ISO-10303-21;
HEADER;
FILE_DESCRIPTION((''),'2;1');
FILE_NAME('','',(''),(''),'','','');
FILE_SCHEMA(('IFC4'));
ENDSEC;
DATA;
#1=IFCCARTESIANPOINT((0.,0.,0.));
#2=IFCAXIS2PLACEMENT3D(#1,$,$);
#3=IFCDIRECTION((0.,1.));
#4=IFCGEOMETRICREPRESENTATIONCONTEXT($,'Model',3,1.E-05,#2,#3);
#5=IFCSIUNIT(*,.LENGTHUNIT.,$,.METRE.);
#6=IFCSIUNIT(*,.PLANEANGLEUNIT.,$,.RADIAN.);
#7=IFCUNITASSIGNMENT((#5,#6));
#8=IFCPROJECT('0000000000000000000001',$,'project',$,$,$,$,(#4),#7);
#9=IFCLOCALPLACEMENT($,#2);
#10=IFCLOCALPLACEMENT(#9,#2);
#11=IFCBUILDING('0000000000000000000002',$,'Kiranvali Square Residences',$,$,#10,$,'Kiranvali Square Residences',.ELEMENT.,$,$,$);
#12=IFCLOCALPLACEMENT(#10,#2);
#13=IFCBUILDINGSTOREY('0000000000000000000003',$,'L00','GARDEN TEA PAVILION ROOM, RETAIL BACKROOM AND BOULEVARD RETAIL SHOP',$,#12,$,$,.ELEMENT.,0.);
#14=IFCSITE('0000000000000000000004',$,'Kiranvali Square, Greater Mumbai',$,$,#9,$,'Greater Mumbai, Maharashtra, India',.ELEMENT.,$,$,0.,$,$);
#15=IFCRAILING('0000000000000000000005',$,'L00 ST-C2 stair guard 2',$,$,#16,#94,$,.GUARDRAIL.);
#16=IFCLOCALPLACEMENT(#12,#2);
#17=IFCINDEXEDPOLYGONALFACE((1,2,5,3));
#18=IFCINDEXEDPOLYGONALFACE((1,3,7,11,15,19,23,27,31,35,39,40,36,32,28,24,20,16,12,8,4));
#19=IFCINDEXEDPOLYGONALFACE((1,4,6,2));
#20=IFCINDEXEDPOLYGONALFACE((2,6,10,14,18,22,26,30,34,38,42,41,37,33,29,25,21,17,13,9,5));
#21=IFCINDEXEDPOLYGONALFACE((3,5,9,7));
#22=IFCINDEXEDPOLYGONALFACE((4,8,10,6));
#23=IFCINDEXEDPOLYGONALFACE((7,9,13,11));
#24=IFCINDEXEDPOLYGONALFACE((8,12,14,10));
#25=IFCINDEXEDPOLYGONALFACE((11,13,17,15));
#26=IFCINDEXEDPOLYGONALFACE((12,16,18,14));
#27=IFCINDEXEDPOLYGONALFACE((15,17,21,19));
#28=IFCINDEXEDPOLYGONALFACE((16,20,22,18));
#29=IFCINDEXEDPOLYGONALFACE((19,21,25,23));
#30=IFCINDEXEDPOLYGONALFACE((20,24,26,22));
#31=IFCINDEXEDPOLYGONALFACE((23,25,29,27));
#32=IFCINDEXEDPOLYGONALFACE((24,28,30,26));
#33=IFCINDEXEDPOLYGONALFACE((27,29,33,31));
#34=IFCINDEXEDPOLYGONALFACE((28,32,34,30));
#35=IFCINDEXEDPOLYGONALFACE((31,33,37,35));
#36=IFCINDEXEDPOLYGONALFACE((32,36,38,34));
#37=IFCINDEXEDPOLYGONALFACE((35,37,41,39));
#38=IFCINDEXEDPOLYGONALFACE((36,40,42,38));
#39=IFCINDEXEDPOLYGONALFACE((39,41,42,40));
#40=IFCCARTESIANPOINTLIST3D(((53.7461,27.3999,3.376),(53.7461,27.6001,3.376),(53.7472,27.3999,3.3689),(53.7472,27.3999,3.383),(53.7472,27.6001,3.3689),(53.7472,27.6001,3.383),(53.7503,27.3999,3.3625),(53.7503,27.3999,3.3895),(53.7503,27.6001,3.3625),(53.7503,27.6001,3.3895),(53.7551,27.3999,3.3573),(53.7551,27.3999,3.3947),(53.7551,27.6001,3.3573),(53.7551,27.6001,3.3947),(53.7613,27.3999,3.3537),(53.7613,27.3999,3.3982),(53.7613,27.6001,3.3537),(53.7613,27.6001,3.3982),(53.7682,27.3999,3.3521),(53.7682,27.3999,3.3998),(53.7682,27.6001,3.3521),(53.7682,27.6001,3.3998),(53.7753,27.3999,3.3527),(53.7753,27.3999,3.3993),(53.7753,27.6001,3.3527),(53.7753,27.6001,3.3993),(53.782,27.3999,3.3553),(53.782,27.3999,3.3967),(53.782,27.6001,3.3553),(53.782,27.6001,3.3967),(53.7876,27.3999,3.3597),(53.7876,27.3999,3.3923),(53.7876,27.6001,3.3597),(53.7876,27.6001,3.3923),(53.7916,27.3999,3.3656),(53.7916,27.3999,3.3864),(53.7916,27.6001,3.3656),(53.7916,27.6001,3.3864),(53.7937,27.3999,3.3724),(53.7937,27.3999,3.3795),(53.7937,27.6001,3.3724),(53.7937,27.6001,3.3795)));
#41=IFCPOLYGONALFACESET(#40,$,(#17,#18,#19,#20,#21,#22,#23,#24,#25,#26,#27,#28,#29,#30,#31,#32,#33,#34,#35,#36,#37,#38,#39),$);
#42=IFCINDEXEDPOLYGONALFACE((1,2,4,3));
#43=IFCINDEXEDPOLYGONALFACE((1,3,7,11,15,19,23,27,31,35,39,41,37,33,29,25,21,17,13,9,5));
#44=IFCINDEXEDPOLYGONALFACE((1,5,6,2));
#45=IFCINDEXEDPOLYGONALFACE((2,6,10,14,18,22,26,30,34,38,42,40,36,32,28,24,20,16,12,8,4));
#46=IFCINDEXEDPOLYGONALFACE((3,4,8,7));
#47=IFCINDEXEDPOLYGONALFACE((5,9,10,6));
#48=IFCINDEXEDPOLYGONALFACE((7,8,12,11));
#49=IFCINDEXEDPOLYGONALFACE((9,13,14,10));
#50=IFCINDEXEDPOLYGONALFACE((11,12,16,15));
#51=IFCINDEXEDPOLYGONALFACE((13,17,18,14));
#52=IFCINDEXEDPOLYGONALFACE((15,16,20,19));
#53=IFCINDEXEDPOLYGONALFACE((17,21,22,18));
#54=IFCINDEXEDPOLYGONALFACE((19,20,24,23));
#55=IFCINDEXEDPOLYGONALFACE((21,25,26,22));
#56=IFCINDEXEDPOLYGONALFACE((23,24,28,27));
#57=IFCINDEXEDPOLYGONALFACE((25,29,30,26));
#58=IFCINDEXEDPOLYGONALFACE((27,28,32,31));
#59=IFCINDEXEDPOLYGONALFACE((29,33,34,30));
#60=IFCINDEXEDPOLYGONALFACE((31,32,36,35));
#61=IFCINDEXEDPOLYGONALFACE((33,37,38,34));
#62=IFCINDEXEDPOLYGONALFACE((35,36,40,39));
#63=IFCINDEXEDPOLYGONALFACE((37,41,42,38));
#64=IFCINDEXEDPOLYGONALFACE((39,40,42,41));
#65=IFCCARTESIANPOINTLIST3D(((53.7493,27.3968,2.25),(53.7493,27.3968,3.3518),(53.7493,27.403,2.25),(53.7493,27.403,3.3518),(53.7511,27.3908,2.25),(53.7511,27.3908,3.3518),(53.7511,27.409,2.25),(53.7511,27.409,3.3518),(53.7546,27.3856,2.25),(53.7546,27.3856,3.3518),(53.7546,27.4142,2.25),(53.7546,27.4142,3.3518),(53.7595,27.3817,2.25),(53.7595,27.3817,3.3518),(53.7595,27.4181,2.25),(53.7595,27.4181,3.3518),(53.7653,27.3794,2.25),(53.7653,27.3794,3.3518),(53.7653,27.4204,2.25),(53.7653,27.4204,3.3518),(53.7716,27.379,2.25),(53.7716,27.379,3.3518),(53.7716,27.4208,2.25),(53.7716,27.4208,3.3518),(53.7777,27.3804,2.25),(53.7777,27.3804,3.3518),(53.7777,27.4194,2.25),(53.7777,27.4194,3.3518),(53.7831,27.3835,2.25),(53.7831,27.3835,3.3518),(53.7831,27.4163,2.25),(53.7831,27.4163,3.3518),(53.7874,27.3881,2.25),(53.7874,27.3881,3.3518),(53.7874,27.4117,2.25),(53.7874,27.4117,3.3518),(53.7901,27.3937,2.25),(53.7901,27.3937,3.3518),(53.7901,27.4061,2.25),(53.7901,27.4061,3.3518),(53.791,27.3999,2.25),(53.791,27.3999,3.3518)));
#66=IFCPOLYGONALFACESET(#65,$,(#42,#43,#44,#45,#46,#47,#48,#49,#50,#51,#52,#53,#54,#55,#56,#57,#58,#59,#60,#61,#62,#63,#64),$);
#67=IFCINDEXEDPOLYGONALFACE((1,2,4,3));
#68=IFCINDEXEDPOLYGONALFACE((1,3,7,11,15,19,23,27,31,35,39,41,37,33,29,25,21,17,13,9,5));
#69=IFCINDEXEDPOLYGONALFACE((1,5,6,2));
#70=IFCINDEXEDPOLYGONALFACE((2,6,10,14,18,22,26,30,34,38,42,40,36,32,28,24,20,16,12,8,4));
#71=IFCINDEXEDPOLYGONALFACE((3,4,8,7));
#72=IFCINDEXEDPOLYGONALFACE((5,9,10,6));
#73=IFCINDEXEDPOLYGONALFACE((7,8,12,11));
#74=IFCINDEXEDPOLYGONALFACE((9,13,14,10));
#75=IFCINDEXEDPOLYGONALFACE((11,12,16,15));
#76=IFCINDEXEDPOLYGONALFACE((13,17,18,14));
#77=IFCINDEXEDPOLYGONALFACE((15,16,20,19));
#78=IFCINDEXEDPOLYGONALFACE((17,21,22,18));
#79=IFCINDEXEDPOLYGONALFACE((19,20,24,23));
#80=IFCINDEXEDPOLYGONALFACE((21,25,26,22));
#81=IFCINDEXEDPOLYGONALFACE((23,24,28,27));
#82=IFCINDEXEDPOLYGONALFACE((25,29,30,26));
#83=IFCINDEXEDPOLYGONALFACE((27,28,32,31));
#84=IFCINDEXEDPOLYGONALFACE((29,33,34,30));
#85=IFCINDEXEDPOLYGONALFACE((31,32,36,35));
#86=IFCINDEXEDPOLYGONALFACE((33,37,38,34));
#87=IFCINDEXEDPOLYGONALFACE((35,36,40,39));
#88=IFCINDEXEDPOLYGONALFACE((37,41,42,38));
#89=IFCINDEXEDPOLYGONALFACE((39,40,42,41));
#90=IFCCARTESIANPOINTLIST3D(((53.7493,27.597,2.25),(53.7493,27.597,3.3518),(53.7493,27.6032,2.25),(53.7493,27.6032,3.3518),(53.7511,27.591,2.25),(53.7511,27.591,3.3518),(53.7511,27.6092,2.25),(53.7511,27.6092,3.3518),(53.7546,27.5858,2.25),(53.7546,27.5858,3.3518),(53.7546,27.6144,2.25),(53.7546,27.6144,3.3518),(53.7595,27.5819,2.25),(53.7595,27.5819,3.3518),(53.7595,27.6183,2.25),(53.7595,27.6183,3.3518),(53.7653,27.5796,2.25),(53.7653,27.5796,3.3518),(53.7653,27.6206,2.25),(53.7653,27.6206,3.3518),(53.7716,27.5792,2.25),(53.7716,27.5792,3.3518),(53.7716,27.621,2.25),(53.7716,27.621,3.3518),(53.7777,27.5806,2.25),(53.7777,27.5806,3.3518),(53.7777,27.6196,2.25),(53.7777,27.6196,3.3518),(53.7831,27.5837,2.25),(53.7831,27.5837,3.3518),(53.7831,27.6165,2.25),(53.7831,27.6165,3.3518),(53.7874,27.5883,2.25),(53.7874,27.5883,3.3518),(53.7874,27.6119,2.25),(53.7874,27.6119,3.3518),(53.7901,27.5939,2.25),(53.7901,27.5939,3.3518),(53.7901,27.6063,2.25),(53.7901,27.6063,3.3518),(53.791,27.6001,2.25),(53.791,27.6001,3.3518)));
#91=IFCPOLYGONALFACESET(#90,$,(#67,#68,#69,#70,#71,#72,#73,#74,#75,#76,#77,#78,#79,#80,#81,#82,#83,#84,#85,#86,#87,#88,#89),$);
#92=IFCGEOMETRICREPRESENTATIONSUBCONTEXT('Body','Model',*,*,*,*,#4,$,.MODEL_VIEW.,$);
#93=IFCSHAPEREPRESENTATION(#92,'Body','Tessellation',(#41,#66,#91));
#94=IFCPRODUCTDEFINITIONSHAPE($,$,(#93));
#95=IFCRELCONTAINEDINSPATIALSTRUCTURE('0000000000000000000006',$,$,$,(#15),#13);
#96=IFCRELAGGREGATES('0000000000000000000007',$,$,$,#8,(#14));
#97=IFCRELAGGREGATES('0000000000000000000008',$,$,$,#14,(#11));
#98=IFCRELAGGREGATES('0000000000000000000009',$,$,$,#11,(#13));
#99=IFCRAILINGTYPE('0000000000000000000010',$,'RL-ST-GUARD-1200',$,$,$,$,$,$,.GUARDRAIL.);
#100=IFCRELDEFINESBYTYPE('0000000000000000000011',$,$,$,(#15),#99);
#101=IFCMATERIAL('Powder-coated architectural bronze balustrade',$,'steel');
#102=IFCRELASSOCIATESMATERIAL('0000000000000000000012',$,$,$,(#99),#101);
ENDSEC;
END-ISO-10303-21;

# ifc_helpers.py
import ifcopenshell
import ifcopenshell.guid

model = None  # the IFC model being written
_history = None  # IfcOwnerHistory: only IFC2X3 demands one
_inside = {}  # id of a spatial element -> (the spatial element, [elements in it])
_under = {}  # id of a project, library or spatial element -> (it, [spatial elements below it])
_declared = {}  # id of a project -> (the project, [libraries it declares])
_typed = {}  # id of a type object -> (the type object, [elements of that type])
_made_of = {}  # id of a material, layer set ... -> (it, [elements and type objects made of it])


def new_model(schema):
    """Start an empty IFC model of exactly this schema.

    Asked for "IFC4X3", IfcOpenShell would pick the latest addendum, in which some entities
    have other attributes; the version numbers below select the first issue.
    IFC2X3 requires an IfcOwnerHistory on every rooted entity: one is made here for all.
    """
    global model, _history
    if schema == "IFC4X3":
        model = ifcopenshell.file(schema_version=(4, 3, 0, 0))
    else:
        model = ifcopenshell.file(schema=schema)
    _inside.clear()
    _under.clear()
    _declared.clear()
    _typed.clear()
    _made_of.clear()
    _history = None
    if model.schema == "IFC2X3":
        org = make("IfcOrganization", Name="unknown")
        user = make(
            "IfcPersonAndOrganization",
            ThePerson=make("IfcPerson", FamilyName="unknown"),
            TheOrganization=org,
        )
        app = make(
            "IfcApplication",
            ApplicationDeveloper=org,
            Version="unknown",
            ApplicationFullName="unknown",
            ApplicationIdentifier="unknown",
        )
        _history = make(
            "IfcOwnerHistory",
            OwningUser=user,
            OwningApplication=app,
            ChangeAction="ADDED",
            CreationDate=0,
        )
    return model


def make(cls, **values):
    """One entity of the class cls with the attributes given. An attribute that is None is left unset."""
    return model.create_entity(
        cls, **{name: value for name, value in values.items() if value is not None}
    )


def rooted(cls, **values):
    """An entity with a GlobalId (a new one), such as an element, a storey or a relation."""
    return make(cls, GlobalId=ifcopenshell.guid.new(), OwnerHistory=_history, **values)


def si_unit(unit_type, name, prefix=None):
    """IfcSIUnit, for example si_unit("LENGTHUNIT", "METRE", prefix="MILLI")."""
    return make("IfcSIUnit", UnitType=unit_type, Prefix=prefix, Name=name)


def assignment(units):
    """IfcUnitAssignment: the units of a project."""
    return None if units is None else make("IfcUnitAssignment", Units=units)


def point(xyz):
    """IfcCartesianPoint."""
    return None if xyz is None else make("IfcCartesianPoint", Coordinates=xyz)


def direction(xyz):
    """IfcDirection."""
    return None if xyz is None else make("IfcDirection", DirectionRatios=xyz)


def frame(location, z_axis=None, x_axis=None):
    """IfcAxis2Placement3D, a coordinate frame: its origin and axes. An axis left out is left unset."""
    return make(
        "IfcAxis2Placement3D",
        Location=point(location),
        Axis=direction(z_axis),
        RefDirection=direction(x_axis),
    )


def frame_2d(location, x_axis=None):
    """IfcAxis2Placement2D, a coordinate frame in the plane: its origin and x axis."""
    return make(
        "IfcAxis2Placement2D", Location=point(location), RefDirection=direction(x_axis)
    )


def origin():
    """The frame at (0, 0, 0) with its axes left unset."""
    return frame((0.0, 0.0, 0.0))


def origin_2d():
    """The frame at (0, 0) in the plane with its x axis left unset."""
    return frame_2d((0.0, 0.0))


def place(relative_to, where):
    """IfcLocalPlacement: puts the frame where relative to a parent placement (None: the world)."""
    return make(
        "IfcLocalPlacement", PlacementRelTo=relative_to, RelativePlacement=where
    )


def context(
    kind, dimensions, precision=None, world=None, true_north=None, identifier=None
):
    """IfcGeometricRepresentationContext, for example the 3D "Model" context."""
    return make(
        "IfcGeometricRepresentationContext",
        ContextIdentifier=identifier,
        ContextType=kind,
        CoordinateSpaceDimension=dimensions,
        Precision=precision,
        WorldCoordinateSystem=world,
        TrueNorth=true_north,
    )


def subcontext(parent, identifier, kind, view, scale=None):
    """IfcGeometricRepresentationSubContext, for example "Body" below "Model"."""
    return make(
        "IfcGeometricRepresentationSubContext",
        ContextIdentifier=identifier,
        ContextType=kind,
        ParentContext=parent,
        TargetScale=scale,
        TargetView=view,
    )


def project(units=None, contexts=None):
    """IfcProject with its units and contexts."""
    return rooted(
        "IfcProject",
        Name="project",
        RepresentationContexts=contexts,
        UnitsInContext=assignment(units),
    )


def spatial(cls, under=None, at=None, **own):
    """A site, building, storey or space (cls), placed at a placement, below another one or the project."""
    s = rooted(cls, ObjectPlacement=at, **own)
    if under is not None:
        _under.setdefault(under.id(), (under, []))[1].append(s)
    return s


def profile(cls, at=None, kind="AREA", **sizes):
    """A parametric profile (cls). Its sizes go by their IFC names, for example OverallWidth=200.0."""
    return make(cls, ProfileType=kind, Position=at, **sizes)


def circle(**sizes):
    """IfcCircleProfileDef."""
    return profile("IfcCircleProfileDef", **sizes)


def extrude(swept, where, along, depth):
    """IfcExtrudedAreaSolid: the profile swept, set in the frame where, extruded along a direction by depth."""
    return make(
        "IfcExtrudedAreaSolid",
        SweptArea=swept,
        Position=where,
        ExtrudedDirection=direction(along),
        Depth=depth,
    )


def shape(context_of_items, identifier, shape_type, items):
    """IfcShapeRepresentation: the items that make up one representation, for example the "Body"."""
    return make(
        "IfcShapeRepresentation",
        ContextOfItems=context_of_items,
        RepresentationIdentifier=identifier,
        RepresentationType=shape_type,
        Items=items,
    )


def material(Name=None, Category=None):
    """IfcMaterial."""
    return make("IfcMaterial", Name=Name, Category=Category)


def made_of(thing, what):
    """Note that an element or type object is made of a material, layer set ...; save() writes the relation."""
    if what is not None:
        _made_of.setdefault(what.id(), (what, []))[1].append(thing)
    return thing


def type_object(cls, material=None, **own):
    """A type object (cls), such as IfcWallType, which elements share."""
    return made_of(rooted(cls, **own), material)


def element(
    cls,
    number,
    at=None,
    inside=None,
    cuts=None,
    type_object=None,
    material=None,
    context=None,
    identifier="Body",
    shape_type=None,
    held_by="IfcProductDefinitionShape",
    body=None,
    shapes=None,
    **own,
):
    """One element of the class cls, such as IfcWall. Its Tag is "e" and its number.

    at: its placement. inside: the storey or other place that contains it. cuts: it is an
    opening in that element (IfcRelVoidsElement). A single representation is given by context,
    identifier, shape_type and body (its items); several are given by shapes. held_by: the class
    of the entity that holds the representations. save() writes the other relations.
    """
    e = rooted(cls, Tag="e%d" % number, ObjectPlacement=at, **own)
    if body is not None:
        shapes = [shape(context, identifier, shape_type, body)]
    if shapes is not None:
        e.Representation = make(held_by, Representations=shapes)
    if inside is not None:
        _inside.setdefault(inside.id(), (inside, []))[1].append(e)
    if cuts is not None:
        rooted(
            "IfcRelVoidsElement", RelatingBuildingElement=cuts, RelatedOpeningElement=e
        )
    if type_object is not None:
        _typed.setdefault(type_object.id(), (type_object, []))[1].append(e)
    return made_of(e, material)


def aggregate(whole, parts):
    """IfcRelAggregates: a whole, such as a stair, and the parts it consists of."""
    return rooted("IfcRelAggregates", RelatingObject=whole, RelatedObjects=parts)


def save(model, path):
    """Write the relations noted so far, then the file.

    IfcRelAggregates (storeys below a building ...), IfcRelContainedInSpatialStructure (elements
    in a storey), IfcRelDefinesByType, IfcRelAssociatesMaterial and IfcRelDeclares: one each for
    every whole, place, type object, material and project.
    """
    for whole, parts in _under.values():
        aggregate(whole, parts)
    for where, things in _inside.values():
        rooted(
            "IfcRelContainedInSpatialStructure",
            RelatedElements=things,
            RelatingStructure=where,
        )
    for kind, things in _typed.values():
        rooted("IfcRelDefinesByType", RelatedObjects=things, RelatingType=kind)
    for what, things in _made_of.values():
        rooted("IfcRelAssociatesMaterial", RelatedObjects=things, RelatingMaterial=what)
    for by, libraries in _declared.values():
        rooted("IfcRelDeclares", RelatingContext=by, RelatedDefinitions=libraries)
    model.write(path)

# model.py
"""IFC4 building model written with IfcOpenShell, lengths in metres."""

from ifc_helpers import new_model, si_unit, direction, frame, origin, origin_2d, place, context, subcontext, project, spatial, circle, extrude, material, type_object, element, save


model = new_model("IFC4")

# Units and contexts
model_context = context("Model", 3, precision=1e-05, world=origin(), true_north=direction((0.0, 1.0)))
body_context = subcontext(model_context, "Body", "Model", "MODEL_VIEW")
ifc_project = project(units=[si_unit("LENGTHUNIT", "METRE"), si_unit("PLANEANGLEUNIT", "RADIAN")], contexts=[model_context])

# Site, building, storey
site_placement = place(None, origin())
site = spatial("IfcSite", under=ifc_project, at=site_placement, Name="Kiranvali Square, Greater Mumbai", LongName="Greater Mumbai, Maharashtra, India", CompositionType="ELEMENT", RefElevation=0.0)
building_placement = place(site_placement, origin())
building = spatial("IfcBuilding", under=site, at=building_placement, Name="Kiranvali Square Residences", LongName="Kiranvali Square Residences", CompositionType="ELEMENT")
storey_placement = place(building_placement, origin())
storey = spatial("IfcBuildingStorey", under=building, at=storey_placement, Name="L00", Description="GARDEN TEA PAVILION ROOM, RETAIL BACKROOM AND BOULEVARD RETAIL SHOP", CompositionType="ELEMENT", Elevation=0.0)

# Railing
ifc_material_1 = material(Name="Powder-coated architectural bronze balustrade", Category="steel")
railing_type_1 = type_object("IfcRailingType", Name="RL-ST-GUARD-1200", PredefinedType="GUARDRAIL", material=ifc_material_1)
railing_1_placement = place(storey_placement, frame((53.77, 27.3999, 2.25)))
element("IfcRailing", 1, at=railing_1_placement, inside=storey, type_object=railing_type_1, Name="L00 ST-C2 stair guard 2", PredefinedType="GUARDRAIL", context=body_context, shape_type="SweptSolid", body=[
    extrude(circle(Radius=0.0239, at=origin_2d()), frame((0.0, 0.0, 1.126), z_axis=(0.0, 1.0, 0.0), x_axis=(-1.0, 0.0, 0.0)), (0.0, 0.0, 1.0), 0.2002),
    extrude(circle(Radius=0.021, at=origin_2d()), origin(), (0.0, 0.0, 1.0), 1.1018),
    extrude(circle(Radius=0.021, at=origin_2d()), frame((0.0, 0.2002, 0.0)), (0.0, 0.0, 1.0), 1.1018),
])

save(model, "model.ifc")
